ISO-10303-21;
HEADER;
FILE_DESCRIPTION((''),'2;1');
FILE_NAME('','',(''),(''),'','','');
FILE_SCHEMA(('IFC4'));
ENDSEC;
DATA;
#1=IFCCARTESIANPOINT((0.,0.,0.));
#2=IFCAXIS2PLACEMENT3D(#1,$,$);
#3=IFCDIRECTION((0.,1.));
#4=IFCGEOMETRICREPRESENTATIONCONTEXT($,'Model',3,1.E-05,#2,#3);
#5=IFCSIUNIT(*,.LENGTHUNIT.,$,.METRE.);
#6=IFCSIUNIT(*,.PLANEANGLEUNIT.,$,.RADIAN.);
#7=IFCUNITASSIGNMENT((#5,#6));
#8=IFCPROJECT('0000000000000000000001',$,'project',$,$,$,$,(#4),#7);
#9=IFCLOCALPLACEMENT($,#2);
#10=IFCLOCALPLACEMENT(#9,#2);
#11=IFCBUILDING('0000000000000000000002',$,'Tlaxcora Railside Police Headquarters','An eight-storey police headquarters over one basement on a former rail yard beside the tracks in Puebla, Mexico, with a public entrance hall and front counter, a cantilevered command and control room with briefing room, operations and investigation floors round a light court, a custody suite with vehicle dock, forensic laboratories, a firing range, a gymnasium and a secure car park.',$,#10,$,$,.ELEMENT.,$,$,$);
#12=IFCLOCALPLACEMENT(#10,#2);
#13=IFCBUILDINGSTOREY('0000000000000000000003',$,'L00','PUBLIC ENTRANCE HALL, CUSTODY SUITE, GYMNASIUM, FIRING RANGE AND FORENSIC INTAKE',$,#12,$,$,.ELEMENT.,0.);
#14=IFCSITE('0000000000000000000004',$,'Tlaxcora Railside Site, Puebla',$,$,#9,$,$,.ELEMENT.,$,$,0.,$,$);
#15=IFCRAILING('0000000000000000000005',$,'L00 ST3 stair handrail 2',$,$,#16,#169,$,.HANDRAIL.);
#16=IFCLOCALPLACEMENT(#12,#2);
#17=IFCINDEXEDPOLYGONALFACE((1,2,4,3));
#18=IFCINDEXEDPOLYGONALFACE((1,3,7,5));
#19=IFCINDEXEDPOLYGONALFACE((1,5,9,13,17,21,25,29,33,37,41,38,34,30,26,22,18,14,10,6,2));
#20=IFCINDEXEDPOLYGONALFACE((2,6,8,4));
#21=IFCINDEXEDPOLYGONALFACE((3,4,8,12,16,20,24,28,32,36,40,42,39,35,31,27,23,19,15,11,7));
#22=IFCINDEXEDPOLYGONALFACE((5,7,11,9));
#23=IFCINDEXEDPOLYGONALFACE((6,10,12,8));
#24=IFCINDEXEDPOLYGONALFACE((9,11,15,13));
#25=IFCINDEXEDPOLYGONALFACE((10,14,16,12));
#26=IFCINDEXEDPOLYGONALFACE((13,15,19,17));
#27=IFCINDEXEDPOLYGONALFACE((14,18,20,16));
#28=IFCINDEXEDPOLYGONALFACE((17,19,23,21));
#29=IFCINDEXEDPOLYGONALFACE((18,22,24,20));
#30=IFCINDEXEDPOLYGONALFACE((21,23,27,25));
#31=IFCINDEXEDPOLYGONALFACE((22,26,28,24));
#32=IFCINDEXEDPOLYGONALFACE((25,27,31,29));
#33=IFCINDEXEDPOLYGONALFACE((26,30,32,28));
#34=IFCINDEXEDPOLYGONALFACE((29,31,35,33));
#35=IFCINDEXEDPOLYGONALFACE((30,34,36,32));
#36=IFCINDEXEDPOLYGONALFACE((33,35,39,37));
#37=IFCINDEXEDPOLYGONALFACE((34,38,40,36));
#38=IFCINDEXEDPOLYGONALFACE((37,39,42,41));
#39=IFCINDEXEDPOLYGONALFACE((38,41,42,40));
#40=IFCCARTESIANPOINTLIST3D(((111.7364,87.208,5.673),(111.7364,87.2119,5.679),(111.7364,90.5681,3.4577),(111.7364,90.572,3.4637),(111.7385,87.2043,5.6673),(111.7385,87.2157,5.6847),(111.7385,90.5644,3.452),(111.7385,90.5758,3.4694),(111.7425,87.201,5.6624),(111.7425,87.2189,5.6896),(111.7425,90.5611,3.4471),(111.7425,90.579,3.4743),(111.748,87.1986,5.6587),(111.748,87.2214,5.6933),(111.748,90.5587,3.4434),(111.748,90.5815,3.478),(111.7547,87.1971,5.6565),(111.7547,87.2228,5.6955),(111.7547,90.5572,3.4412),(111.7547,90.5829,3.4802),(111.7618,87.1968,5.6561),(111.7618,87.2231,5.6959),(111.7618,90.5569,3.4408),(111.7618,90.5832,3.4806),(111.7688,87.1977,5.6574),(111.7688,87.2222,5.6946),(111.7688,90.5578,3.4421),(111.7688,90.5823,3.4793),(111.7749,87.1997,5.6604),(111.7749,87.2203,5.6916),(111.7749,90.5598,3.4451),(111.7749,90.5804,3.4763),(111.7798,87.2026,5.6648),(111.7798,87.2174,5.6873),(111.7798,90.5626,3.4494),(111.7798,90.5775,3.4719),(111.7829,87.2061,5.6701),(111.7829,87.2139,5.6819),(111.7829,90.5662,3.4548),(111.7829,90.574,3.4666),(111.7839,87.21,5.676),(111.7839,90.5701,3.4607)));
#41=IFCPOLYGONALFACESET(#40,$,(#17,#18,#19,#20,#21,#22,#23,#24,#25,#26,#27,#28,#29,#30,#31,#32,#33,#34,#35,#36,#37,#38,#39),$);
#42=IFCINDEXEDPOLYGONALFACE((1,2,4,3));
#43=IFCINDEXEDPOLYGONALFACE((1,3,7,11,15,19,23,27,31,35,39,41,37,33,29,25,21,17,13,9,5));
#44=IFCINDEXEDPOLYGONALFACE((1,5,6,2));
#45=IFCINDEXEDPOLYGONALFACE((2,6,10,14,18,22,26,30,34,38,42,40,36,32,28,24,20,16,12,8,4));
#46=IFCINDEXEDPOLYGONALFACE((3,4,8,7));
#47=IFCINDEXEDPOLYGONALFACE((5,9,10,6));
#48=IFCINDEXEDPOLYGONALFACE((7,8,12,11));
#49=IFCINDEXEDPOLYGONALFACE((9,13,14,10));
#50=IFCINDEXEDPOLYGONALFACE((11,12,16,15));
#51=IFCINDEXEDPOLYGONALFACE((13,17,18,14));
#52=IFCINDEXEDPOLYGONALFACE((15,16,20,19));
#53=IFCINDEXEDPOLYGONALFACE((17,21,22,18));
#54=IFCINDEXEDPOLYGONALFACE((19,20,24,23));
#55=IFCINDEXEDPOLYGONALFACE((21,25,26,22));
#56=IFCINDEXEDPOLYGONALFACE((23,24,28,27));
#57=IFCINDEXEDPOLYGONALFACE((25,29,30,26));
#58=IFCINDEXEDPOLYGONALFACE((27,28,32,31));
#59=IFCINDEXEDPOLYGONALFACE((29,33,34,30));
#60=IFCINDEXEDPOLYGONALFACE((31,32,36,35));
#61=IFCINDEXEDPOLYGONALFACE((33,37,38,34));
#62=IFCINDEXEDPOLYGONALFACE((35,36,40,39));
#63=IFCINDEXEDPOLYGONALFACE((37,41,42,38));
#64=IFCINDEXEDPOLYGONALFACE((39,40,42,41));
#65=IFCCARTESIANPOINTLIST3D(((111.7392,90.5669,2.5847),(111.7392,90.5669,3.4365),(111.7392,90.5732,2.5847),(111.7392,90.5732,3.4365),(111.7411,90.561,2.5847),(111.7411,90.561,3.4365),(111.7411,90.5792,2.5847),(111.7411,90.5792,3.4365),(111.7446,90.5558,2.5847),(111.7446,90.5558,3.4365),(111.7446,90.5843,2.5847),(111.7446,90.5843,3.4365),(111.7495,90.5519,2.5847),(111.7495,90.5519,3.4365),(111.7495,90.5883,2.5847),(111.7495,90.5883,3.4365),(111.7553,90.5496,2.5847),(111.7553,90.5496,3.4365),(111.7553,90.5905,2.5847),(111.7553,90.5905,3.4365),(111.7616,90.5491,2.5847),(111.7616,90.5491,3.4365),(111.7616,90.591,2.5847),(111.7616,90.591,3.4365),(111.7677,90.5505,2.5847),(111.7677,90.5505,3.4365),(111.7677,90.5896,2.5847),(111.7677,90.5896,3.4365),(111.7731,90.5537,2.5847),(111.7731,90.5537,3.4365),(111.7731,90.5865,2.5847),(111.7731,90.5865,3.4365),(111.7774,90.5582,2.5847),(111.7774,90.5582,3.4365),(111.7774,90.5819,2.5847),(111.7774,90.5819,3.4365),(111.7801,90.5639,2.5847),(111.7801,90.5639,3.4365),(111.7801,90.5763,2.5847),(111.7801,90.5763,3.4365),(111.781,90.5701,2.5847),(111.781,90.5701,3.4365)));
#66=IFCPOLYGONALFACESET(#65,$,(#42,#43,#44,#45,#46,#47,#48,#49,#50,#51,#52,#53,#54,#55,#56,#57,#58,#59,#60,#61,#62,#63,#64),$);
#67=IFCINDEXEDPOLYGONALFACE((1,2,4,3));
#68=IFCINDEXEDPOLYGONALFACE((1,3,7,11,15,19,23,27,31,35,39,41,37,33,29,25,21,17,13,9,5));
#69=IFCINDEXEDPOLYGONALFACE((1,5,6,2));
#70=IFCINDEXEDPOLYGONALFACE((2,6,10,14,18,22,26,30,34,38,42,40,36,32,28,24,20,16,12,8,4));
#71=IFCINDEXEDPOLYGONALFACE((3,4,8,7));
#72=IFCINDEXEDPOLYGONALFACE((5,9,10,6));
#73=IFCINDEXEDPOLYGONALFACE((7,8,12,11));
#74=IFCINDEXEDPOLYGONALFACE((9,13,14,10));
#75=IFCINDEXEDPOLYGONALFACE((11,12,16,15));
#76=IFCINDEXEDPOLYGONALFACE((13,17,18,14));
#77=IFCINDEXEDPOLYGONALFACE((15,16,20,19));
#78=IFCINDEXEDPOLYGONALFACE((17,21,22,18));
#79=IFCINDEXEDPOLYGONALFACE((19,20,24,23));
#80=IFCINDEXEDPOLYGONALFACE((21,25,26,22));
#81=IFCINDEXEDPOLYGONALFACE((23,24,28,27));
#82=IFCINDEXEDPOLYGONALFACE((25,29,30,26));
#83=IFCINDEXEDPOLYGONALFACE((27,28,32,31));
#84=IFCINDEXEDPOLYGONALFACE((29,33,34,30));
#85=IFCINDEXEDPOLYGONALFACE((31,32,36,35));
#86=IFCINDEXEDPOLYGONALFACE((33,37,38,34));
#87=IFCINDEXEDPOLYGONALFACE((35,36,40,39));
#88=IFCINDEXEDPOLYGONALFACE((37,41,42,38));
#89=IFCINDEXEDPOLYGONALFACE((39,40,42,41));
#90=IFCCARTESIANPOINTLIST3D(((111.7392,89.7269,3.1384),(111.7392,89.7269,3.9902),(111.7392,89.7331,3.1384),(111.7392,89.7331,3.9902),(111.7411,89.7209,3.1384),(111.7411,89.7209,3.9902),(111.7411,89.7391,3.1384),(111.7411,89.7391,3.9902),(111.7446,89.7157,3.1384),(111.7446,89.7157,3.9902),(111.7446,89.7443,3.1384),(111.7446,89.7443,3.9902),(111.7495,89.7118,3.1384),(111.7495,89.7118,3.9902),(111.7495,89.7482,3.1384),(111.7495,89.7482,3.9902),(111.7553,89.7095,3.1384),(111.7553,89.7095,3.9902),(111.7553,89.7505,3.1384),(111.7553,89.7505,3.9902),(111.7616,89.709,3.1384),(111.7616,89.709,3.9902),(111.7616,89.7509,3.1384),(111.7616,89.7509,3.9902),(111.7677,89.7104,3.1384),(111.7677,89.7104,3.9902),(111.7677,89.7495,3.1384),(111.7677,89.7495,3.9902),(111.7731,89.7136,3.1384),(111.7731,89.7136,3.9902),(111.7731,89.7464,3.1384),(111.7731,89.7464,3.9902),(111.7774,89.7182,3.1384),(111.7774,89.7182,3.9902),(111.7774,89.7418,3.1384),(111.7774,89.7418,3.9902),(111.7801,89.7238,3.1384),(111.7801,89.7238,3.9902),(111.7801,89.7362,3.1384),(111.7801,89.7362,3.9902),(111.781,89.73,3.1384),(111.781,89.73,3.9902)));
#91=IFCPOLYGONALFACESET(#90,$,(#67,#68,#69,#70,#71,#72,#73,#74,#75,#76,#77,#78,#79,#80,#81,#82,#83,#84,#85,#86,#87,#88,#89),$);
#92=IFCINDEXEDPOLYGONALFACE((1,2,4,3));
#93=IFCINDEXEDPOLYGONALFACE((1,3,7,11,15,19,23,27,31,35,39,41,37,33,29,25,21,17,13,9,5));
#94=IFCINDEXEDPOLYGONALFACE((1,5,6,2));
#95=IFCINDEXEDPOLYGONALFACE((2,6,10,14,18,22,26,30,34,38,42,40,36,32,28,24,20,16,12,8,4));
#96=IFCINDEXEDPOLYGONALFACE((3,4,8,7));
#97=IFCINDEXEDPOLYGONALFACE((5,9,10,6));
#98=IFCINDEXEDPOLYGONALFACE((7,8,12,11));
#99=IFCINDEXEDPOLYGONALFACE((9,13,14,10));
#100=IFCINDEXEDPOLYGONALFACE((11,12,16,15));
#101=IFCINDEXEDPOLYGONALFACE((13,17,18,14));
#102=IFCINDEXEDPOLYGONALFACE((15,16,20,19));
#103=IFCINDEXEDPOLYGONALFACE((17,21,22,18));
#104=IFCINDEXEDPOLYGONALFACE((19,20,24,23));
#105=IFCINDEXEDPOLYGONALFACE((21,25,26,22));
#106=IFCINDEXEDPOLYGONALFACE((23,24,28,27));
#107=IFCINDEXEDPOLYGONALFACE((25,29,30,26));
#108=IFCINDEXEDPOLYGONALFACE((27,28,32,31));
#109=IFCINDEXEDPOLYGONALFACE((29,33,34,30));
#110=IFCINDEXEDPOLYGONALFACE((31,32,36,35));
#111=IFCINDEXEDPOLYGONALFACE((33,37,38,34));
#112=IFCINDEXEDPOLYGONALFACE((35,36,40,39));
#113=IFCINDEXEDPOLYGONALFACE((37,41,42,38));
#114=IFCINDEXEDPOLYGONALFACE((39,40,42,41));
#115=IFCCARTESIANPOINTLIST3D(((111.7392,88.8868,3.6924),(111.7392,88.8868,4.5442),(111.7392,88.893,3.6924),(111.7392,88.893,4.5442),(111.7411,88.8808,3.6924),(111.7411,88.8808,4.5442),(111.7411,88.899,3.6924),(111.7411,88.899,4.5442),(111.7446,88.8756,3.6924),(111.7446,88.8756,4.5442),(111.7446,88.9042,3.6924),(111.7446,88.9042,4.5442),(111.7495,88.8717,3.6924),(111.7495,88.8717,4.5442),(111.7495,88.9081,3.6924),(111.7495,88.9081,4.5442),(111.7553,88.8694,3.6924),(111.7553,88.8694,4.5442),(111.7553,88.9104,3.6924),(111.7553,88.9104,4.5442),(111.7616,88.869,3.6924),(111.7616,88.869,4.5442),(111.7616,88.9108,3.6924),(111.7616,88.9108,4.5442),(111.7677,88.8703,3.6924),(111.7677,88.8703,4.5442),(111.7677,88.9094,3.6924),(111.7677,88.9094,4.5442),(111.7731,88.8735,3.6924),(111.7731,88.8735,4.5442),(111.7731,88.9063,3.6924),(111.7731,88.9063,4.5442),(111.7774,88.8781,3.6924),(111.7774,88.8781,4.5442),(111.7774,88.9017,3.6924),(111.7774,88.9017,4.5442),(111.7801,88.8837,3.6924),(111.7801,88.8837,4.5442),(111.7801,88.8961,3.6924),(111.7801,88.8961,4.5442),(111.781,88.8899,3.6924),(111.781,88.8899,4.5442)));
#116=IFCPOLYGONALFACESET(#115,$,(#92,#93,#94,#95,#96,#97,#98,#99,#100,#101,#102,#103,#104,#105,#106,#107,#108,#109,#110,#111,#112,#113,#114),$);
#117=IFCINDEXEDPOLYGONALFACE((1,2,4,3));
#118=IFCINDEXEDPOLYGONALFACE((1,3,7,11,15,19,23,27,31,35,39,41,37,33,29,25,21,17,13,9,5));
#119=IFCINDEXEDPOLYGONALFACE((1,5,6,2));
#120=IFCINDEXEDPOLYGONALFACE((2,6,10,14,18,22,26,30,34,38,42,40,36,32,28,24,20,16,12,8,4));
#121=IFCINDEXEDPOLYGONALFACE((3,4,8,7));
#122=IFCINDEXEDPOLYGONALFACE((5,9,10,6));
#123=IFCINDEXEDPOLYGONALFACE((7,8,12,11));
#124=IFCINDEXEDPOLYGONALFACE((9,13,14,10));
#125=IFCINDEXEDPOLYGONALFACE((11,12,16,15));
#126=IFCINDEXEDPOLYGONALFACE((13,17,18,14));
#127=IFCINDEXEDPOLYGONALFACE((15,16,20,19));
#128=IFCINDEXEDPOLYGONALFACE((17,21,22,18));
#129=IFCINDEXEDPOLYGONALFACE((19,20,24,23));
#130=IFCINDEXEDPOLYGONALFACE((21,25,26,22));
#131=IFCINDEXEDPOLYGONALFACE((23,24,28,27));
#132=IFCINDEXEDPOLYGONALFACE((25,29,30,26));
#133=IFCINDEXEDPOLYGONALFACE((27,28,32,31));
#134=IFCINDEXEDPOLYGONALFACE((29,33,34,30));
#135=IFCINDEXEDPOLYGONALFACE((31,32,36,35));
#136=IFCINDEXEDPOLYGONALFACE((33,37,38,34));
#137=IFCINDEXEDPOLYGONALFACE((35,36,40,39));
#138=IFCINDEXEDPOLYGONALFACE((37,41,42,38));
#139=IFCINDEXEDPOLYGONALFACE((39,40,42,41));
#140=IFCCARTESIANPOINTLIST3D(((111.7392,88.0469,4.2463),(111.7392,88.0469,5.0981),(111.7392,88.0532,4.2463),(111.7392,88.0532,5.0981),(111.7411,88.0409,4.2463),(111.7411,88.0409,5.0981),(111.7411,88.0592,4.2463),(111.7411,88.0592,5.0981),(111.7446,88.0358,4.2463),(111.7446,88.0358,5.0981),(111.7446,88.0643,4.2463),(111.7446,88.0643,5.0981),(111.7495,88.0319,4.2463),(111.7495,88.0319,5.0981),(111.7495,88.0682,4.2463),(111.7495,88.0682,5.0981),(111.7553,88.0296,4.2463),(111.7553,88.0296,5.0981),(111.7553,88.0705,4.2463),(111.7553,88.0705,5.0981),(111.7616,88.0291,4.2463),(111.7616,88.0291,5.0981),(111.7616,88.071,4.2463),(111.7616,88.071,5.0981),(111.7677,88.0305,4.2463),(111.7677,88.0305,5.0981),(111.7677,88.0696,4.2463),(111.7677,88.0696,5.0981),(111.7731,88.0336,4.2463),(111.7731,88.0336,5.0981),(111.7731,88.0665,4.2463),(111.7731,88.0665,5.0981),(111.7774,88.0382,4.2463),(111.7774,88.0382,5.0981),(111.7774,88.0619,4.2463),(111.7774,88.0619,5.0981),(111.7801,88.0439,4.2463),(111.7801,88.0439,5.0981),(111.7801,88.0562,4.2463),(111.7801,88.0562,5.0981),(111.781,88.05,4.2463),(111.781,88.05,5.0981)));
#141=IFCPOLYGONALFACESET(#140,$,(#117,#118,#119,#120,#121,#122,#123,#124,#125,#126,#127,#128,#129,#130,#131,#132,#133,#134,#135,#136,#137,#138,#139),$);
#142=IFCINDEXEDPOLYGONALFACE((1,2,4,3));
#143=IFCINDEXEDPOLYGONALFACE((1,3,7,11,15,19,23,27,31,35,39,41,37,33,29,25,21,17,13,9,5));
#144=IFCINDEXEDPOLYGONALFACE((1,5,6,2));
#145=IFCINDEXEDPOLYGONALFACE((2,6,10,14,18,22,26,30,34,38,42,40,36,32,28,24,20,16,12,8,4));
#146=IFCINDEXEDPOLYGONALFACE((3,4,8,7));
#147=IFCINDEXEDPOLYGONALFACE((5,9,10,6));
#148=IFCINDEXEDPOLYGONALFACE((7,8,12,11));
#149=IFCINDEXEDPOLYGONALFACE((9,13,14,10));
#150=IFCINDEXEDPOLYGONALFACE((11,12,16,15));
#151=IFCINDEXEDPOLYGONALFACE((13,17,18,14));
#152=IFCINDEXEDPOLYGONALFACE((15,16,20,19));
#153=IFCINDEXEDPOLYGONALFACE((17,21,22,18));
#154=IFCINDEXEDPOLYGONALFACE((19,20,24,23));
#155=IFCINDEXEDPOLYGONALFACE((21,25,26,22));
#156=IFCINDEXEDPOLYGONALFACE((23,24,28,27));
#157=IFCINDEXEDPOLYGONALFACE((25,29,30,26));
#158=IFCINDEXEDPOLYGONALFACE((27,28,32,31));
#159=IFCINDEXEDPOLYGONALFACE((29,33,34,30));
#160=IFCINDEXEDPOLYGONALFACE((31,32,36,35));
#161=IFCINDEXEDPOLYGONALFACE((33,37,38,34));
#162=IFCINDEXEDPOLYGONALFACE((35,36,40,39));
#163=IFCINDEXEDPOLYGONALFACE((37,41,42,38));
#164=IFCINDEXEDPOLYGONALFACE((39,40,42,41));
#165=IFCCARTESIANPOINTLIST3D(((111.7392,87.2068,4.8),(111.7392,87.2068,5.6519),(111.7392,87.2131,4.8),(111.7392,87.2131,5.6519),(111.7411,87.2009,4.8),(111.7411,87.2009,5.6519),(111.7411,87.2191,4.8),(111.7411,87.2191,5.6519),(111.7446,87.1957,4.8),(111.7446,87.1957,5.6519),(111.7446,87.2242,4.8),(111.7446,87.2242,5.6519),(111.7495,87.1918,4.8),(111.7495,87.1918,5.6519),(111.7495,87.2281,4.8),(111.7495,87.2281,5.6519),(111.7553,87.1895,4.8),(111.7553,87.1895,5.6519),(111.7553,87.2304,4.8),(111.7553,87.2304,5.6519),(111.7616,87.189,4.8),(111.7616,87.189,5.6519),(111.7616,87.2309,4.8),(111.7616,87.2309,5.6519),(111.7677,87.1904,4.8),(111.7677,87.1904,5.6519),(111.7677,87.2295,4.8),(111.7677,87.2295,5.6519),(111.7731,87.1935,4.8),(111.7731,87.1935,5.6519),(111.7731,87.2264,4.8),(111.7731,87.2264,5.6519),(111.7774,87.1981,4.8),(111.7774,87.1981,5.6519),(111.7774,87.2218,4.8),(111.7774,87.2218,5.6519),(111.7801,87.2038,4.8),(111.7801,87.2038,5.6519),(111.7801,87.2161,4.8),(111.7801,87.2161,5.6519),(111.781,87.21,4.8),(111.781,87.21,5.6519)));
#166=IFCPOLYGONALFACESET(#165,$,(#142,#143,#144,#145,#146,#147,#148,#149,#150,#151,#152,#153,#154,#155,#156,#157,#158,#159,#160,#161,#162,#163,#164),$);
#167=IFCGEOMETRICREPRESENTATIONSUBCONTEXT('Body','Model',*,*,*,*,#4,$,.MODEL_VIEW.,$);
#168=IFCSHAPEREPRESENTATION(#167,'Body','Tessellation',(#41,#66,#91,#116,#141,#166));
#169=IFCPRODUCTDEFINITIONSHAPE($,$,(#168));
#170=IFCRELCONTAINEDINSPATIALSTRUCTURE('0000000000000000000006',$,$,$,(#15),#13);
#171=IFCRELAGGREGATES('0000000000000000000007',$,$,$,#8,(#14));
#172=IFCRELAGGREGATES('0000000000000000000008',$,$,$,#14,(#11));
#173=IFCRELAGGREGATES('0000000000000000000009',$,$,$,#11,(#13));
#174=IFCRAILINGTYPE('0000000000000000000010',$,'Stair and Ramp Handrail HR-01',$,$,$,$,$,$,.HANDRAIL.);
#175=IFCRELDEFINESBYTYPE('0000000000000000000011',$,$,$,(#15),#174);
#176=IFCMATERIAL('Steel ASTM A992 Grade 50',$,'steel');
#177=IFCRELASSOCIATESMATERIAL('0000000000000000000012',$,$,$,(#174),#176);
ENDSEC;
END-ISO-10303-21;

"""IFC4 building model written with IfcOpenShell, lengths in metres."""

from ifc_helpers import new_model, si_unit, direction, frame, origin, origin_2d, place, context, subcontext, project, spatial, circle, extrude, material, type_object, element, save


model = new_model("IFC4")

# Units and contexts
model_context = context("Model", 3, precision=1e-05, world=origin(), true_north=direction((0.0, 1.0)))
body_context = subcontext(model_context, "Body", "Model", "MODEL_VIEW")
ifc_project = project(units=[si_unit("LENGTHUNIT", "METRE"), si_unit("PLANEANGLEUNIT", "RADIAN")], contexts=[model_context])

# Site, building, storey
site_placement = place(None, origin())
site = spatial("IfcSite", under=ifc_project, at=site_placement, Name="Tlaxcora Railside Site, Puebla", CompositionType="ELEMENT", RefElevation=0.0)
building_placement = place(site_placement, origin())
building = spatial("IfcBuilding", under=site, at=building_placement, Name="Tlaxcora Railside Police Headquarters", Description="An eight-storey police headquarters over one basement on a former rail yard beside the tracks in Puebla, Mexico, with a public entrance hall and front counter, a cantilevered command and control room with briefing room, operations and investigation floors round a light court, a custody suite with vehicle dock, forensic laboratories, a firing range, a gymnasium and a secure car park.", CompositionType="ELEMENT")
storey_placement = place(building_placement, origin())
storey = spatial("IfcBuildingStorey", under=building, at=storey_placement, Name="L00", Description="PUBLIC ENTRANCE HALL, CUSTODY SUITE, GYMNASIUM, FIRING RANGE AND FORENSIC INTAKE", CompositionType="ELEMENT", Elevation=0.0)

# Shared definitions
ifc_material_1 = material(Name="Steel ASTM A992 Grade 50", Category="steel")

# Railing
railing_type_1 = type_object("IfcRailingType", Name="Stair and Ramp Handrail HR-01", PredefinedType="HANDRAIL", material=ifc_material_1)
railing_1_placement = place(storey_placement, frame((111.76, 90.5701, 2.5847)))
element("IfcRailing", 1, at=railing_1_placement, inside=storey, type_object=railing_type_1, Name="L00 ST3 stair handrail 2", PredefinedType="HANDRAIL", context=body_context, shape_type="SweptSolid", body=[
    extrude(circle(Radius=0.0239, at=origin_2d()), frame((0.0, 0.0, 0.876), z_axis=(0.0, -0.834876, 0.550437), x_axis=(1.0, 0.0, 0.0)), (0.0, 0.0, 1.0), 4.0247),
    extrude(circle(Radius=0.021, at=origin_2d()), origin(), (0.0, 0.0, 1.0), 0.8518),
    extrude(circle(Radius=0.021, at=origin_2d()), frame((0.0, -0.8401, 0.5537)), (0.0, 0.0, 1.0), 0.8518),
    extrude(circle(Radius=0.021, at=origin_2d()), frame((0.0, -1.6802, 1.1077)), (0.0, 0.0, 1.0), 0.8518),
    extrude(circle(Radius=0.021, at=origin_2d()), frame((0.0, -2.52, 1.6616)), (0.0, 0.0, 1.0), 0.8518),
    extrude(circle(Radius=0.021, at=origin_2d()), frame((0.0, -3.3601, 2.2153)), (0.0, 0.0, 1.0), 0.8518),
])

save(model, "model.ifc")
